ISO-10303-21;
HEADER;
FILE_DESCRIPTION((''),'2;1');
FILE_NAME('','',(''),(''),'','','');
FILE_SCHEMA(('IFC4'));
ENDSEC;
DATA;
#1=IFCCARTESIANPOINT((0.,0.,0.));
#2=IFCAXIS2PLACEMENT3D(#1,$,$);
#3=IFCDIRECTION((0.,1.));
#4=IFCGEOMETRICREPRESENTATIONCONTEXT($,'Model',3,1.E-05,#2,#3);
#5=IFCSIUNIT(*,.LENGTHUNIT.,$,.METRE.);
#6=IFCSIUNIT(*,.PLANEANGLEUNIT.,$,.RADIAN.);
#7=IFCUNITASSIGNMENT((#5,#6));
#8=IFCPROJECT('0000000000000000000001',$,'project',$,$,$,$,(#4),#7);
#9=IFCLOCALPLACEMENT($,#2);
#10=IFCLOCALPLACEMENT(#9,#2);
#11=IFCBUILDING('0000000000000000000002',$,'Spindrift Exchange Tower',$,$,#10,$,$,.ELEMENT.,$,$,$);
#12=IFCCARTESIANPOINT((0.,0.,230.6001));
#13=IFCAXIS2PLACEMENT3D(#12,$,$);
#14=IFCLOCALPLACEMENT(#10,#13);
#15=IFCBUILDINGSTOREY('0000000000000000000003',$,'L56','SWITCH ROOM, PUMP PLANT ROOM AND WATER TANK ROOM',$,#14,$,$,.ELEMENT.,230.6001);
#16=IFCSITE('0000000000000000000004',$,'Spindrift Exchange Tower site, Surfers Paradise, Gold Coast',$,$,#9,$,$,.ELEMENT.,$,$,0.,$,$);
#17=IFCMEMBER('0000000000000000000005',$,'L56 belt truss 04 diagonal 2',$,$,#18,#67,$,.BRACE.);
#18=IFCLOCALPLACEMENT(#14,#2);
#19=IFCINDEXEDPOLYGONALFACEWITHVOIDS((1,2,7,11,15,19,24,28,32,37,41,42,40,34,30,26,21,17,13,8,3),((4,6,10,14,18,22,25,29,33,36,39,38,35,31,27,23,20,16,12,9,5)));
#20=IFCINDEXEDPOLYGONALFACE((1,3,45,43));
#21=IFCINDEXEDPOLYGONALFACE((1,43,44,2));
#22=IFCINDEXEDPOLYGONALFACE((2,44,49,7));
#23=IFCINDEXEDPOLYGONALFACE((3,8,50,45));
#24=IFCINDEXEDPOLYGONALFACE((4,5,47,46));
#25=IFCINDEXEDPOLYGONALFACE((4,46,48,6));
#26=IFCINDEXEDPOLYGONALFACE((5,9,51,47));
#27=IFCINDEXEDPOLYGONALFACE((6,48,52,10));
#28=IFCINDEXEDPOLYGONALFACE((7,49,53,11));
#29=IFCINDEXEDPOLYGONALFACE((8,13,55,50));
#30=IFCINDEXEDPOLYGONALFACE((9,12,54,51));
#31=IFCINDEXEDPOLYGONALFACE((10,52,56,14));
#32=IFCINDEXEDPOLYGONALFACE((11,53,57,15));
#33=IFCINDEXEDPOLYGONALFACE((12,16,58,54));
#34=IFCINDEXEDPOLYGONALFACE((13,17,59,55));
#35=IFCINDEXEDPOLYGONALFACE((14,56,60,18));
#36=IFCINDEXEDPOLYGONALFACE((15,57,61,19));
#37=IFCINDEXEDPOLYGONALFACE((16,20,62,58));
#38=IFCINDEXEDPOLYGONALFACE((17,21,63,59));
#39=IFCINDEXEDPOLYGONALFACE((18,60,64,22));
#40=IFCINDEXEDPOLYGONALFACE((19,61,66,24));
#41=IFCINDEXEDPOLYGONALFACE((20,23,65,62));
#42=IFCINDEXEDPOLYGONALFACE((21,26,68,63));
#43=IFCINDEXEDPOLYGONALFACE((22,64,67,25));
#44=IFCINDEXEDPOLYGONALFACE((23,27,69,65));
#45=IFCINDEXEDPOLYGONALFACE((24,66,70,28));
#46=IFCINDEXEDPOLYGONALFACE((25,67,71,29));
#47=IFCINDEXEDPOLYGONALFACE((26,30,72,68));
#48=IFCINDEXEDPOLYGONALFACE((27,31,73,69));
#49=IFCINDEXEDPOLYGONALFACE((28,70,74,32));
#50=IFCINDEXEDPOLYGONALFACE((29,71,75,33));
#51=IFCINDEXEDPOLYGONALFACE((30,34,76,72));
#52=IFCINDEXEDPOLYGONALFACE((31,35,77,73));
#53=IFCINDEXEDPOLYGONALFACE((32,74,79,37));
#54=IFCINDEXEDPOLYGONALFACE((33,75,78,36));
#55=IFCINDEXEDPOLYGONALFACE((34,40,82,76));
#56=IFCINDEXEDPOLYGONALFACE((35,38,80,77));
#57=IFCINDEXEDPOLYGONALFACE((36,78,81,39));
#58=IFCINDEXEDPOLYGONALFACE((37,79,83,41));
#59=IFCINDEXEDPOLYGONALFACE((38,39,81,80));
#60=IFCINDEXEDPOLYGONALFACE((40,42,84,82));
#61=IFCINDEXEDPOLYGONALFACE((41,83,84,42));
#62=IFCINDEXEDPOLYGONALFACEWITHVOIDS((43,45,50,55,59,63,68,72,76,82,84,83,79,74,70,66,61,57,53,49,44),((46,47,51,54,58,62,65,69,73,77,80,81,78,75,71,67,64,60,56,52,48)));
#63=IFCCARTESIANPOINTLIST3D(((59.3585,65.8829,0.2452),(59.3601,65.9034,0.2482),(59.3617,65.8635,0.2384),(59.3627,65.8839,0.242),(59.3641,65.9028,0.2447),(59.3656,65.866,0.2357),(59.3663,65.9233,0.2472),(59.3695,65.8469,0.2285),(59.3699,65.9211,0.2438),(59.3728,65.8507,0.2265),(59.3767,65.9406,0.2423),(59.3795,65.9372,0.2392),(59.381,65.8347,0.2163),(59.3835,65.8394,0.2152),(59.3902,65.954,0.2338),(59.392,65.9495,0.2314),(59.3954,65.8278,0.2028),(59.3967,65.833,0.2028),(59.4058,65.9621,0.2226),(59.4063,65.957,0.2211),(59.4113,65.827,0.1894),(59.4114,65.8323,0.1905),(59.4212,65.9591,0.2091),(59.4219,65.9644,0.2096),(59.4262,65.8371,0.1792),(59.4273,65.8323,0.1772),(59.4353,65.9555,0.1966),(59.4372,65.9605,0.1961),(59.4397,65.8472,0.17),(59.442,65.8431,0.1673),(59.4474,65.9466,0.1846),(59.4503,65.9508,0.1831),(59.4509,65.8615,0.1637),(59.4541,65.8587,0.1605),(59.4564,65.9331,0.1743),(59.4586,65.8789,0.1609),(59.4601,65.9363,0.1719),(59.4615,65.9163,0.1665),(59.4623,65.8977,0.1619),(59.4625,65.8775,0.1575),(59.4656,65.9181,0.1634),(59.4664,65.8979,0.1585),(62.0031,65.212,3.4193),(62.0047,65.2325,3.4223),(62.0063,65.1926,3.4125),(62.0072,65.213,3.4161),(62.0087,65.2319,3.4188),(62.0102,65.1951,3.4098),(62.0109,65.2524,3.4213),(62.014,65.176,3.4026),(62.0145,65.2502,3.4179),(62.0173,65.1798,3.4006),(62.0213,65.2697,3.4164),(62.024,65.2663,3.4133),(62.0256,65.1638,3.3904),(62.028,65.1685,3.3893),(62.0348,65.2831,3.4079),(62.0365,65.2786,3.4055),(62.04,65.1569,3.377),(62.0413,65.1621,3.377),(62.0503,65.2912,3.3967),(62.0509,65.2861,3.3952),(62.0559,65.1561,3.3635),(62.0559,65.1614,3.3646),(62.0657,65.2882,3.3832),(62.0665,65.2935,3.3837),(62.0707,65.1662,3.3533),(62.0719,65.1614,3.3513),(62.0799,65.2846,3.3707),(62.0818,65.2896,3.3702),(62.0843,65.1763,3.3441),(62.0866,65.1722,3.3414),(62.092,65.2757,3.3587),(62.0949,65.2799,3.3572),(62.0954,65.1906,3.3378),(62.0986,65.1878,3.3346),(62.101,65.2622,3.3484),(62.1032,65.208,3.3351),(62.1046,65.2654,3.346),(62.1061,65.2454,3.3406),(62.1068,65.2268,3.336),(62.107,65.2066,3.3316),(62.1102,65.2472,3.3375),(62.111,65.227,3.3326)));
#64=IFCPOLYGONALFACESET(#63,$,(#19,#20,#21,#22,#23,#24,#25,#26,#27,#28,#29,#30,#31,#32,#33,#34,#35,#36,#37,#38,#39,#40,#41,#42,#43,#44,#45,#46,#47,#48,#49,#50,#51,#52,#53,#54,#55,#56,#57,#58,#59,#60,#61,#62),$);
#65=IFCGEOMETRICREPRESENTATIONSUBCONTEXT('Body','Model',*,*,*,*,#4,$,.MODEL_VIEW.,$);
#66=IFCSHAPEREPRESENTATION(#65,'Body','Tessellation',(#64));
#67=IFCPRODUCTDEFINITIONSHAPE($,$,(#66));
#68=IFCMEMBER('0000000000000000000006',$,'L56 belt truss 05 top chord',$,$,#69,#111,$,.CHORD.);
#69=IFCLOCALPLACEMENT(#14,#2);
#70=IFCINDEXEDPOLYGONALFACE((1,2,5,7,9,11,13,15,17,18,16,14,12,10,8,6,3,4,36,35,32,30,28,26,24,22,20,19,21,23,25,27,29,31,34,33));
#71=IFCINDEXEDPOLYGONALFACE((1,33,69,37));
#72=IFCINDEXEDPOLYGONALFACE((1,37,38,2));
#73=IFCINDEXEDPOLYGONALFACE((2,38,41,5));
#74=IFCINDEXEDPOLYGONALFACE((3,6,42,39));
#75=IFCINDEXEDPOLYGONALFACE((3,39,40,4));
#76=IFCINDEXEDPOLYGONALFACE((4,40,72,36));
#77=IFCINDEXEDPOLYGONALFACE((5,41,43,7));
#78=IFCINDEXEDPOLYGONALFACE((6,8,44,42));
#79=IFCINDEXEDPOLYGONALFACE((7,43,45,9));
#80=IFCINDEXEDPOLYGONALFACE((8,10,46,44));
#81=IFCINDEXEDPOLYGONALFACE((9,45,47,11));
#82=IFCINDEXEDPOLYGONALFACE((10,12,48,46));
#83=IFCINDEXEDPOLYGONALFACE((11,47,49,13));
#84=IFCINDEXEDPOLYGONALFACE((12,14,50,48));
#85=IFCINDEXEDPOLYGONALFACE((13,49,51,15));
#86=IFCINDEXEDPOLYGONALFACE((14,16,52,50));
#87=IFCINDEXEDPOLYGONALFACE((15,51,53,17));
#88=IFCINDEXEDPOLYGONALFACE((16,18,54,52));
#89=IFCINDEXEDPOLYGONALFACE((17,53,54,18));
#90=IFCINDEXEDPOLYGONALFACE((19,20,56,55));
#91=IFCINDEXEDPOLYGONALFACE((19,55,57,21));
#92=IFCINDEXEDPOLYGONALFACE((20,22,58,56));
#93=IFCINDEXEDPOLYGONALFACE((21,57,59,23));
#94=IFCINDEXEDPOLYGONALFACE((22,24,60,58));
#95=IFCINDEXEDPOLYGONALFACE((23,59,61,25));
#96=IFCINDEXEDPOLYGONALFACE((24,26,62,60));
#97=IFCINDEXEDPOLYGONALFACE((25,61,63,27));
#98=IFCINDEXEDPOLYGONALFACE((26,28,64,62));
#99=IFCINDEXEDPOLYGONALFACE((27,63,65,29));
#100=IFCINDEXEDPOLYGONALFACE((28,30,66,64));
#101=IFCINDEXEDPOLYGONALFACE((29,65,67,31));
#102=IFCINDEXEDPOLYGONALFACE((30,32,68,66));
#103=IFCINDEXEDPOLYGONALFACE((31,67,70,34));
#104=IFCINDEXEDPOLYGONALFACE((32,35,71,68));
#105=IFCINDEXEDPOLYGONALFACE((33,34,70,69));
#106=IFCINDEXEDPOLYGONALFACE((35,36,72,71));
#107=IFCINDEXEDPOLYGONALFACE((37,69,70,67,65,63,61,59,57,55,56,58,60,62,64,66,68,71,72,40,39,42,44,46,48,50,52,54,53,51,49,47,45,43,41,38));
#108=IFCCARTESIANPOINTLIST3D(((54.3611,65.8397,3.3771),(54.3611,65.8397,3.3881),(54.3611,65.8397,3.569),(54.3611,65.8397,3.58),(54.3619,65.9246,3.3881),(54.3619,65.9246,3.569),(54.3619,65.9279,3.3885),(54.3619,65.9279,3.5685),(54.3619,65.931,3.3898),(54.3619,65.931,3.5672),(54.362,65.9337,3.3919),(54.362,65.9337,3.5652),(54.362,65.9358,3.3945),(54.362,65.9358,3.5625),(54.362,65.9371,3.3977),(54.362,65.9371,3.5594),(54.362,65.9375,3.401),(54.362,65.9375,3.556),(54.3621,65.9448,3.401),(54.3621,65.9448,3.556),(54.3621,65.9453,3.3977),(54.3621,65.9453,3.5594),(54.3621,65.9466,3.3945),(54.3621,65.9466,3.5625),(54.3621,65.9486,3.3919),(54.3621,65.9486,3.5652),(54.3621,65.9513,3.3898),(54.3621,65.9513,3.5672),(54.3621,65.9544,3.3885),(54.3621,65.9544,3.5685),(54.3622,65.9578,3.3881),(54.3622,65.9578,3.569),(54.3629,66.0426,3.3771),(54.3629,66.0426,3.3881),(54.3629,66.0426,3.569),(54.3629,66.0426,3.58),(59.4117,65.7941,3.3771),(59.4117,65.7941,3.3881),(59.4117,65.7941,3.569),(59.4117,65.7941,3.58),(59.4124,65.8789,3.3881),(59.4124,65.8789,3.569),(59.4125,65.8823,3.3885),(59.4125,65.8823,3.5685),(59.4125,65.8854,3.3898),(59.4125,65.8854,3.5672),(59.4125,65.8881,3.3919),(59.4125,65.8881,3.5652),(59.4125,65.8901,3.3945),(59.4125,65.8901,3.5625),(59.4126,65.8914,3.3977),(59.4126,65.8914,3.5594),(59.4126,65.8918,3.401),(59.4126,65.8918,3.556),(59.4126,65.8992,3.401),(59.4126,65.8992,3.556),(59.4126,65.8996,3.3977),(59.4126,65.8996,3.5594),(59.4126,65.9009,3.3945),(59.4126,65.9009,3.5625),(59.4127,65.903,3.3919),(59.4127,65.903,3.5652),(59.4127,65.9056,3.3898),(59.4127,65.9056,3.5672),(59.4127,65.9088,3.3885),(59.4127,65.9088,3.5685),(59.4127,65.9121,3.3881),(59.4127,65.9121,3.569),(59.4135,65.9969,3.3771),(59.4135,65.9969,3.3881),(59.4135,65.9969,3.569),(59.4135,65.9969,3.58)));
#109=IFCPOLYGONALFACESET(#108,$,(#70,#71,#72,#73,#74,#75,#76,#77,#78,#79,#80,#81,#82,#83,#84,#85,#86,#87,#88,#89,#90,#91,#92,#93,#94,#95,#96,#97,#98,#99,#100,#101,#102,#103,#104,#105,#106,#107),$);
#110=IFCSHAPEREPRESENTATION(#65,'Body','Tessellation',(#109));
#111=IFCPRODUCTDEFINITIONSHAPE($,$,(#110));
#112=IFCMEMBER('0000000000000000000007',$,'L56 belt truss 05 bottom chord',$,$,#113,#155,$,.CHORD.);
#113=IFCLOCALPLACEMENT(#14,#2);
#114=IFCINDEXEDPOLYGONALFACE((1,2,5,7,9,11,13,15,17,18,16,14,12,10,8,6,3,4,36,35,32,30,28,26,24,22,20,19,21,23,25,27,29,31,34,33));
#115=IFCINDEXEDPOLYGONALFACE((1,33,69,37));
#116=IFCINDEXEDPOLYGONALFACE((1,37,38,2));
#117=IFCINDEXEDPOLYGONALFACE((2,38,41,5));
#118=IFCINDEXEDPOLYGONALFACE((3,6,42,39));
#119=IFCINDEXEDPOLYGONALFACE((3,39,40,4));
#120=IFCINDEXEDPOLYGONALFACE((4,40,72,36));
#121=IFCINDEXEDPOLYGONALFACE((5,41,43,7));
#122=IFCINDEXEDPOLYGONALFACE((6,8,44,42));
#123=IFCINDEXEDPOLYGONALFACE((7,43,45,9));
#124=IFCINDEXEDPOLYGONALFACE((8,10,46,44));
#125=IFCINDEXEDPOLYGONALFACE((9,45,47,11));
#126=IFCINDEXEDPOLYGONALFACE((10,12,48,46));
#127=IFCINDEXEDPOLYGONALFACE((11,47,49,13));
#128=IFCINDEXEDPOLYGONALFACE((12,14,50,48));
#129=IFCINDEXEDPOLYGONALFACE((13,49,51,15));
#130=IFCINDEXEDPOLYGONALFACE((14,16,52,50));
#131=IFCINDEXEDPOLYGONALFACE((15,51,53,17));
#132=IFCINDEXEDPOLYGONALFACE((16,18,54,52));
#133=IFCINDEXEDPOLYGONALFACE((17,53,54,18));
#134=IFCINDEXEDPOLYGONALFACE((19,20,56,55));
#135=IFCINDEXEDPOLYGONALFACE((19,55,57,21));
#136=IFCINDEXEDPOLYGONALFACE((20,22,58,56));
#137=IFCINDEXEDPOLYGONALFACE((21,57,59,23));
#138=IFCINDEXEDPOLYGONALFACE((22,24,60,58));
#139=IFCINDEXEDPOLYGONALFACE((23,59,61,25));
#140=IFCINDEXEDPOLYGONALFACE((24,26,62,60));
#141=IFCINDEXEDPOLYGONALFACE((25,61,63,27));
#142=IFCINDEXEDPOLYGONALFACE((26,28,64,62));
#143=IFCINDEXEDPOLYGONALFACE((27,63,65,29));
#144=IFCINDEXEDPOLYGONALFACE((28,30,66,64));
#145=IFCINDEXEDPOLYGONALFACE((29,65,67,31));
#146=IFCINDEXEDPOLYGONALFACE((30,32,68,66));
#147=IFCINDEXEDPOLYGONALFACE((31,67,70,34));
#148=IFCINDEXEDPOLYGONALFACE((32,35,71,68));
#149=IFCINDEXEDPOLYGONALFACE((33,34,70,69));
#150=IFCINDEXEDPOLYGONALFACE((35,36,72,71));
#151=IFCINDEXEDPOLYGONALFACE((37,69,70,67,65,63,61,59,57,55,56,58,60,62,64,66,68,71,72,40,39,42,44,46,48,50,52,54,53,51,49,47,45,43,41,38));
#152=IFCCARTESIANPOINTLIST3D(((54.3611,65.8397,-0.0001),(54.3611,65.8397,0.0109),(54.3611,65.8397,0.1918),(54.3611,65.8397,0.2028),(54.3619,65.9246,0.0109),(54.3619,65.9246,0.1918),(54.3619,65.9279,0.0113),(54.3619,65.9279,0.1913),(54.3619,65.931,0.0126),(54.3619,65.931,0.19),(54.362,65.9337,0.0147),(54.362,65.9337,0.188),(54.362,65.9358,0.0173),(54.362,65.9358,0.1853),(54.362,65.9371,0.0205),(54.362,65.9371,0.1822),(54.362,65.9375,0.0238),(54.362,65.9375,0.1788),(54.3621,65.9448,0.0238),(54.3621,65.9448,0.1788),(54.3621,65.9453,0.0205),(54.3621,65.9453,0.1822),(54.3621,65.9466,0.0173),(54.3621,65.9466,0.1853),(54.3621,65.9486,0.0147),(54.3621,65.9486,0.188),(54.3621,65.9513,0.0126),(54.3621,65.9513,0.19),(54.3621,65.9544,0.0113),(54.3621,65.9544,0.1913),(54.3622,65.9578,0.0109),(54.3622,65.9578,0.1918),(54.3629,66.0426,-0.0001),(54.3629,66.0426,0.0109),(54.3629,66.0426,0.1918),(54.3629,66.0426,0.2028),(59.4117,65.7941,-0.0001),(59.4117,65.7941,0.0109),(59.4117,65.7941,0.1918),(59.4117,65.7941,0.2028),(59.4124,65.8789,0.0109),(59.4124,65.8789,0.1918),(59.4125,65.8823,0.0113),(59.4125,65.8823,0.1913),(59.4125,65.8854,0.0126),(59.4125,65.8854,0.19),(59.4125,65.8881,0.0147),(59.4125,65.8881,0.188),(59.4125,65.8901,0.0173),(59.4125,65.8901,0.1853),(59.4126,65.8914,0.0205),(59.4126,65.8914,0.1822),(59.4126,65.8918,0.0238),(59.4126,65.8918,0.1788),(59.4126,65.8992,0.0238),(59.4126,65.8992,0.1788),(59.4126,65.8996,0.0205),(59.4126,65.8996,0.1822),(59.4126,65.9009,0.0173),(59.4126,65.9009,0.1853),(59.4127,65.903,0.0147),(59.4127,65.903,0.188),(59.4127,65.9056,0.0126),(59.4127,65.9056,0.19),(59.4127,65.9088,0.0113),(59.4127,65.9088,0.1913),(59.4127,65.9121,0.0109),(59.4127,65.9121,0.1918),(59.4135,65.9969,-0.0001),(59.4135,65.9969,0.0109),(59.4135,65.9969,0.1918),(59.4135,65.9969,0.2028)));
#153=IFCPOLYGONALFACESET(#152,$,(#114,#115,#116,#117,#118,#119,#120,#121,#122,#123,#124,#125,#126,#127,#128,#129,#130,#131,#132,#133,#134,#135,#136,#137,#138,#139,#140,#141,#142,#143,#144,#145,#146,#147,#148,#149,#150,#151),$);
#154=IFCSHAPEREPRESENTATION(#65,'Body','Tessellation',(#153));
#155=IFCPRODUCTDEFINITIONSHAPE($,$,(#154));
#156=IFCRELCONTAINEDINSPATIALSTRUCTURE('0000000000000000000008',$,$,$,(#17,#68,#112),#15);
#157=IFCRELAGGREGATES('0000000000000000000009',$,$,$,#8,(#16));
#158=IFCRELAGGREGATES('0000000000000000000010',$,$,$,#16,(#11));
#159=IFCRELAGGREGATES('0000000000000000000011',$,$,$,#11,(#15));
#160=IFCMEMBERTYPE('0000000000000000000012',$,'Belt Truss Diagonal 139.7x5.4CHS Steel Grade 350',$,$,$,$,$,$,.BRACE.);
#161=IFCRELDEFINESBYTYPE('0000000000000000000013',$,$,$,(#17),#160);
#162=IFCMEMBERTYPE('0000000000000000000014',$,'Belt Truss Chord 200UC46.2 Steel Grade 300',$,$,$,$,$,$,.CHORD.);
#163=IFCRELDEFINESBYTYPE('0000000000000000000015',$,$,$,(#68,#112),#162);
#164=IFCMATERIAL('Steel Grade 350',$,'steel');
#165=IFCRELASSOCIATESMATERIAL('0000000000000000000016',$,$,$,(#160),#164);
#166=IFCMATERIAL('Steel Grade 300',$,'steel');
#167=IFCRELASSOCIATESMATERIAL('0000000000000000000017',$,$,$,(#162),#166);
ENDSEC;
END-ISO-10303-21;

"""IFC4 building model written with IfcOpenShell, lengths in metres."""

from ifc_helpers import new_model, si_unit, direction, frame, origin, origin_2d, place, context, subcontext, project, spatial, hollow_circle, i_section, extrude, source, transform, mapped, material, material_profile, profile_set, type_object, element, save


model = new_model("IFC4")

# Units and contexts
model_context = context("Model", 3, precision=1e-05, world=origin(), true_north=direction((0.0, 1.0)))
body_context = subcontext(model_context, "Body", "Model", "MODEL_VIEW")
ifc_project = project(units=[si_unit("LENGTHUNIT", "METRE"), si_unit("PLANEANGLEUNIT", "RADIAN")], contexts=[model_context])

# Site, building, storey
site_placement = place(None, origin())
site = spatial("IfcSite", under=ifc_project, at=site_placement, Name="Spindrift Exchange Tower site, Surfers Paradise, Gold Coast", CompositionType="ELEMENT", RefElevation=0.0)
building_placement = place(site_placement, origin())
building = spatial("IfcBuilding", under=site, at=building_placement, Name="Spindrift Exchange Tower", CompositionType="ELEMENT")
storey_placement = place(building_placement, frame((0.0, 0.0, 230.6001)))
storey = spatial("IfcBuildingStorey", under=building, at=storey_placement, Name="L56", Description="SWITCH ROOM, PUMP PLANT ROOM AND WATER TANK ROOM", CompositionType="ELEMENT", Elevation=230.6001)

# Members
ifc_material_1 = material(Name="Steel Grade 300", Category="steel")
ifc_material_2 = material(Name="Steel Grade 350", Category="steel")
ifc_material_profile_1 = material_profile(ifc_material_2, hollow_circle(Radius=0.0698, WallThickness=0.0054, at=origin_2d()), Name="139.7x5.4CHS")
ifc_profile_set_1 = profile_set([ifc_material_profile_1], Name="Steel Grade 350")
member_type_1 = type_object("IfcMemberType", Name="Belt Truss Diagonal 139.7x5.4CHS Steel Grade 350", PredefinedType="BRACE", material=ifc_profile_set_1)
shared_shape_1 = source(origin(), body_context, "Body", "SweptSolid", [
    extrude(hollow_circle(Radius=0.0698, WallThickness=0.0054, at=origin_2d()), origin(), (0.0, 0.0, 1.0), 4.1855),
])
member_1_placement = place(storey_placement, frame((62.0571, 65.2246, 3.377), z_axis=(-0.631832, 0.160291, -0.75835), x_axis=(-0.245903, -0.969294, 0.0)))
element("IfcMember", 1, at=member_1_placement, inside=storey, type_object=member_type_1, Name="L56 belt truss 04 diagonal 2", PredefinedType="BRACE", context=body_context, shape_type="MappedRepresentation", body=[
    mapped(shared_shape_1, transform((0.0, 0.0, 0.0), scale=1.0)),
])
ifc_material_profile_2 = material_profile(ifc_material_1, i_section(OverallWidth=0.2029, OverallDepth=0.2029, WebThickness=0.0073, FlangeThickness=0.011, FilletRadius=0.0129, at=origin_2d()), Name="200UC46.2")
ifc_profile_set_2 = profile_set([ifc_material_profile_2], Name="Steel Grade 300")
member_type_2 = type_object("IfcMemberType", Name="Belt Truss Chord 200UC46.2 Steel Grade 300", PredefinedType="CHORD", material=ifc_profile_set_2)
shared_shape_2 = source(origin(), body_context, "Body", "SweptSolid", [
    extrude(i_section(OverallWidth=0.2029, OverallDepth=0.2029, WebThickness=0.0073, FlangeThickness=0.011, FilletRadius=0.0129, at=origin_2d()), origin(), (0.0, 0.0, 1.0), 5.0508),
])
for number, where, z_axis, x_axis, name in (
    (2, (59.4126, 65.8955, 3.4785), (-0.999959, 0.009039, 0.0), (-0.009039, -0.999959, 0.0), "L56 belt truss 05 top chord"),
    (3, (59.4126, 65.8955, 0.1013), (-0.999959, 0.009039, 0.0), (-0.009039, -0.999959, 0.0), "L56 belt truss 05 bottom chord"),
):
    element("IfcMember", number, at=place(storey_placement, frame(where, z_axis=z_axis, x_axis=x_axis)), inside=storey, type_object=member_type_2, Name=name, PredefinedType="CHORD", context=body_context, shape_type="MappedRepresentation", body=[
        mapped(shared_shape_2, transform((0.0, 0.0, 0.0), scale=1.0)),
    ])

save(model, "model.ifc")
